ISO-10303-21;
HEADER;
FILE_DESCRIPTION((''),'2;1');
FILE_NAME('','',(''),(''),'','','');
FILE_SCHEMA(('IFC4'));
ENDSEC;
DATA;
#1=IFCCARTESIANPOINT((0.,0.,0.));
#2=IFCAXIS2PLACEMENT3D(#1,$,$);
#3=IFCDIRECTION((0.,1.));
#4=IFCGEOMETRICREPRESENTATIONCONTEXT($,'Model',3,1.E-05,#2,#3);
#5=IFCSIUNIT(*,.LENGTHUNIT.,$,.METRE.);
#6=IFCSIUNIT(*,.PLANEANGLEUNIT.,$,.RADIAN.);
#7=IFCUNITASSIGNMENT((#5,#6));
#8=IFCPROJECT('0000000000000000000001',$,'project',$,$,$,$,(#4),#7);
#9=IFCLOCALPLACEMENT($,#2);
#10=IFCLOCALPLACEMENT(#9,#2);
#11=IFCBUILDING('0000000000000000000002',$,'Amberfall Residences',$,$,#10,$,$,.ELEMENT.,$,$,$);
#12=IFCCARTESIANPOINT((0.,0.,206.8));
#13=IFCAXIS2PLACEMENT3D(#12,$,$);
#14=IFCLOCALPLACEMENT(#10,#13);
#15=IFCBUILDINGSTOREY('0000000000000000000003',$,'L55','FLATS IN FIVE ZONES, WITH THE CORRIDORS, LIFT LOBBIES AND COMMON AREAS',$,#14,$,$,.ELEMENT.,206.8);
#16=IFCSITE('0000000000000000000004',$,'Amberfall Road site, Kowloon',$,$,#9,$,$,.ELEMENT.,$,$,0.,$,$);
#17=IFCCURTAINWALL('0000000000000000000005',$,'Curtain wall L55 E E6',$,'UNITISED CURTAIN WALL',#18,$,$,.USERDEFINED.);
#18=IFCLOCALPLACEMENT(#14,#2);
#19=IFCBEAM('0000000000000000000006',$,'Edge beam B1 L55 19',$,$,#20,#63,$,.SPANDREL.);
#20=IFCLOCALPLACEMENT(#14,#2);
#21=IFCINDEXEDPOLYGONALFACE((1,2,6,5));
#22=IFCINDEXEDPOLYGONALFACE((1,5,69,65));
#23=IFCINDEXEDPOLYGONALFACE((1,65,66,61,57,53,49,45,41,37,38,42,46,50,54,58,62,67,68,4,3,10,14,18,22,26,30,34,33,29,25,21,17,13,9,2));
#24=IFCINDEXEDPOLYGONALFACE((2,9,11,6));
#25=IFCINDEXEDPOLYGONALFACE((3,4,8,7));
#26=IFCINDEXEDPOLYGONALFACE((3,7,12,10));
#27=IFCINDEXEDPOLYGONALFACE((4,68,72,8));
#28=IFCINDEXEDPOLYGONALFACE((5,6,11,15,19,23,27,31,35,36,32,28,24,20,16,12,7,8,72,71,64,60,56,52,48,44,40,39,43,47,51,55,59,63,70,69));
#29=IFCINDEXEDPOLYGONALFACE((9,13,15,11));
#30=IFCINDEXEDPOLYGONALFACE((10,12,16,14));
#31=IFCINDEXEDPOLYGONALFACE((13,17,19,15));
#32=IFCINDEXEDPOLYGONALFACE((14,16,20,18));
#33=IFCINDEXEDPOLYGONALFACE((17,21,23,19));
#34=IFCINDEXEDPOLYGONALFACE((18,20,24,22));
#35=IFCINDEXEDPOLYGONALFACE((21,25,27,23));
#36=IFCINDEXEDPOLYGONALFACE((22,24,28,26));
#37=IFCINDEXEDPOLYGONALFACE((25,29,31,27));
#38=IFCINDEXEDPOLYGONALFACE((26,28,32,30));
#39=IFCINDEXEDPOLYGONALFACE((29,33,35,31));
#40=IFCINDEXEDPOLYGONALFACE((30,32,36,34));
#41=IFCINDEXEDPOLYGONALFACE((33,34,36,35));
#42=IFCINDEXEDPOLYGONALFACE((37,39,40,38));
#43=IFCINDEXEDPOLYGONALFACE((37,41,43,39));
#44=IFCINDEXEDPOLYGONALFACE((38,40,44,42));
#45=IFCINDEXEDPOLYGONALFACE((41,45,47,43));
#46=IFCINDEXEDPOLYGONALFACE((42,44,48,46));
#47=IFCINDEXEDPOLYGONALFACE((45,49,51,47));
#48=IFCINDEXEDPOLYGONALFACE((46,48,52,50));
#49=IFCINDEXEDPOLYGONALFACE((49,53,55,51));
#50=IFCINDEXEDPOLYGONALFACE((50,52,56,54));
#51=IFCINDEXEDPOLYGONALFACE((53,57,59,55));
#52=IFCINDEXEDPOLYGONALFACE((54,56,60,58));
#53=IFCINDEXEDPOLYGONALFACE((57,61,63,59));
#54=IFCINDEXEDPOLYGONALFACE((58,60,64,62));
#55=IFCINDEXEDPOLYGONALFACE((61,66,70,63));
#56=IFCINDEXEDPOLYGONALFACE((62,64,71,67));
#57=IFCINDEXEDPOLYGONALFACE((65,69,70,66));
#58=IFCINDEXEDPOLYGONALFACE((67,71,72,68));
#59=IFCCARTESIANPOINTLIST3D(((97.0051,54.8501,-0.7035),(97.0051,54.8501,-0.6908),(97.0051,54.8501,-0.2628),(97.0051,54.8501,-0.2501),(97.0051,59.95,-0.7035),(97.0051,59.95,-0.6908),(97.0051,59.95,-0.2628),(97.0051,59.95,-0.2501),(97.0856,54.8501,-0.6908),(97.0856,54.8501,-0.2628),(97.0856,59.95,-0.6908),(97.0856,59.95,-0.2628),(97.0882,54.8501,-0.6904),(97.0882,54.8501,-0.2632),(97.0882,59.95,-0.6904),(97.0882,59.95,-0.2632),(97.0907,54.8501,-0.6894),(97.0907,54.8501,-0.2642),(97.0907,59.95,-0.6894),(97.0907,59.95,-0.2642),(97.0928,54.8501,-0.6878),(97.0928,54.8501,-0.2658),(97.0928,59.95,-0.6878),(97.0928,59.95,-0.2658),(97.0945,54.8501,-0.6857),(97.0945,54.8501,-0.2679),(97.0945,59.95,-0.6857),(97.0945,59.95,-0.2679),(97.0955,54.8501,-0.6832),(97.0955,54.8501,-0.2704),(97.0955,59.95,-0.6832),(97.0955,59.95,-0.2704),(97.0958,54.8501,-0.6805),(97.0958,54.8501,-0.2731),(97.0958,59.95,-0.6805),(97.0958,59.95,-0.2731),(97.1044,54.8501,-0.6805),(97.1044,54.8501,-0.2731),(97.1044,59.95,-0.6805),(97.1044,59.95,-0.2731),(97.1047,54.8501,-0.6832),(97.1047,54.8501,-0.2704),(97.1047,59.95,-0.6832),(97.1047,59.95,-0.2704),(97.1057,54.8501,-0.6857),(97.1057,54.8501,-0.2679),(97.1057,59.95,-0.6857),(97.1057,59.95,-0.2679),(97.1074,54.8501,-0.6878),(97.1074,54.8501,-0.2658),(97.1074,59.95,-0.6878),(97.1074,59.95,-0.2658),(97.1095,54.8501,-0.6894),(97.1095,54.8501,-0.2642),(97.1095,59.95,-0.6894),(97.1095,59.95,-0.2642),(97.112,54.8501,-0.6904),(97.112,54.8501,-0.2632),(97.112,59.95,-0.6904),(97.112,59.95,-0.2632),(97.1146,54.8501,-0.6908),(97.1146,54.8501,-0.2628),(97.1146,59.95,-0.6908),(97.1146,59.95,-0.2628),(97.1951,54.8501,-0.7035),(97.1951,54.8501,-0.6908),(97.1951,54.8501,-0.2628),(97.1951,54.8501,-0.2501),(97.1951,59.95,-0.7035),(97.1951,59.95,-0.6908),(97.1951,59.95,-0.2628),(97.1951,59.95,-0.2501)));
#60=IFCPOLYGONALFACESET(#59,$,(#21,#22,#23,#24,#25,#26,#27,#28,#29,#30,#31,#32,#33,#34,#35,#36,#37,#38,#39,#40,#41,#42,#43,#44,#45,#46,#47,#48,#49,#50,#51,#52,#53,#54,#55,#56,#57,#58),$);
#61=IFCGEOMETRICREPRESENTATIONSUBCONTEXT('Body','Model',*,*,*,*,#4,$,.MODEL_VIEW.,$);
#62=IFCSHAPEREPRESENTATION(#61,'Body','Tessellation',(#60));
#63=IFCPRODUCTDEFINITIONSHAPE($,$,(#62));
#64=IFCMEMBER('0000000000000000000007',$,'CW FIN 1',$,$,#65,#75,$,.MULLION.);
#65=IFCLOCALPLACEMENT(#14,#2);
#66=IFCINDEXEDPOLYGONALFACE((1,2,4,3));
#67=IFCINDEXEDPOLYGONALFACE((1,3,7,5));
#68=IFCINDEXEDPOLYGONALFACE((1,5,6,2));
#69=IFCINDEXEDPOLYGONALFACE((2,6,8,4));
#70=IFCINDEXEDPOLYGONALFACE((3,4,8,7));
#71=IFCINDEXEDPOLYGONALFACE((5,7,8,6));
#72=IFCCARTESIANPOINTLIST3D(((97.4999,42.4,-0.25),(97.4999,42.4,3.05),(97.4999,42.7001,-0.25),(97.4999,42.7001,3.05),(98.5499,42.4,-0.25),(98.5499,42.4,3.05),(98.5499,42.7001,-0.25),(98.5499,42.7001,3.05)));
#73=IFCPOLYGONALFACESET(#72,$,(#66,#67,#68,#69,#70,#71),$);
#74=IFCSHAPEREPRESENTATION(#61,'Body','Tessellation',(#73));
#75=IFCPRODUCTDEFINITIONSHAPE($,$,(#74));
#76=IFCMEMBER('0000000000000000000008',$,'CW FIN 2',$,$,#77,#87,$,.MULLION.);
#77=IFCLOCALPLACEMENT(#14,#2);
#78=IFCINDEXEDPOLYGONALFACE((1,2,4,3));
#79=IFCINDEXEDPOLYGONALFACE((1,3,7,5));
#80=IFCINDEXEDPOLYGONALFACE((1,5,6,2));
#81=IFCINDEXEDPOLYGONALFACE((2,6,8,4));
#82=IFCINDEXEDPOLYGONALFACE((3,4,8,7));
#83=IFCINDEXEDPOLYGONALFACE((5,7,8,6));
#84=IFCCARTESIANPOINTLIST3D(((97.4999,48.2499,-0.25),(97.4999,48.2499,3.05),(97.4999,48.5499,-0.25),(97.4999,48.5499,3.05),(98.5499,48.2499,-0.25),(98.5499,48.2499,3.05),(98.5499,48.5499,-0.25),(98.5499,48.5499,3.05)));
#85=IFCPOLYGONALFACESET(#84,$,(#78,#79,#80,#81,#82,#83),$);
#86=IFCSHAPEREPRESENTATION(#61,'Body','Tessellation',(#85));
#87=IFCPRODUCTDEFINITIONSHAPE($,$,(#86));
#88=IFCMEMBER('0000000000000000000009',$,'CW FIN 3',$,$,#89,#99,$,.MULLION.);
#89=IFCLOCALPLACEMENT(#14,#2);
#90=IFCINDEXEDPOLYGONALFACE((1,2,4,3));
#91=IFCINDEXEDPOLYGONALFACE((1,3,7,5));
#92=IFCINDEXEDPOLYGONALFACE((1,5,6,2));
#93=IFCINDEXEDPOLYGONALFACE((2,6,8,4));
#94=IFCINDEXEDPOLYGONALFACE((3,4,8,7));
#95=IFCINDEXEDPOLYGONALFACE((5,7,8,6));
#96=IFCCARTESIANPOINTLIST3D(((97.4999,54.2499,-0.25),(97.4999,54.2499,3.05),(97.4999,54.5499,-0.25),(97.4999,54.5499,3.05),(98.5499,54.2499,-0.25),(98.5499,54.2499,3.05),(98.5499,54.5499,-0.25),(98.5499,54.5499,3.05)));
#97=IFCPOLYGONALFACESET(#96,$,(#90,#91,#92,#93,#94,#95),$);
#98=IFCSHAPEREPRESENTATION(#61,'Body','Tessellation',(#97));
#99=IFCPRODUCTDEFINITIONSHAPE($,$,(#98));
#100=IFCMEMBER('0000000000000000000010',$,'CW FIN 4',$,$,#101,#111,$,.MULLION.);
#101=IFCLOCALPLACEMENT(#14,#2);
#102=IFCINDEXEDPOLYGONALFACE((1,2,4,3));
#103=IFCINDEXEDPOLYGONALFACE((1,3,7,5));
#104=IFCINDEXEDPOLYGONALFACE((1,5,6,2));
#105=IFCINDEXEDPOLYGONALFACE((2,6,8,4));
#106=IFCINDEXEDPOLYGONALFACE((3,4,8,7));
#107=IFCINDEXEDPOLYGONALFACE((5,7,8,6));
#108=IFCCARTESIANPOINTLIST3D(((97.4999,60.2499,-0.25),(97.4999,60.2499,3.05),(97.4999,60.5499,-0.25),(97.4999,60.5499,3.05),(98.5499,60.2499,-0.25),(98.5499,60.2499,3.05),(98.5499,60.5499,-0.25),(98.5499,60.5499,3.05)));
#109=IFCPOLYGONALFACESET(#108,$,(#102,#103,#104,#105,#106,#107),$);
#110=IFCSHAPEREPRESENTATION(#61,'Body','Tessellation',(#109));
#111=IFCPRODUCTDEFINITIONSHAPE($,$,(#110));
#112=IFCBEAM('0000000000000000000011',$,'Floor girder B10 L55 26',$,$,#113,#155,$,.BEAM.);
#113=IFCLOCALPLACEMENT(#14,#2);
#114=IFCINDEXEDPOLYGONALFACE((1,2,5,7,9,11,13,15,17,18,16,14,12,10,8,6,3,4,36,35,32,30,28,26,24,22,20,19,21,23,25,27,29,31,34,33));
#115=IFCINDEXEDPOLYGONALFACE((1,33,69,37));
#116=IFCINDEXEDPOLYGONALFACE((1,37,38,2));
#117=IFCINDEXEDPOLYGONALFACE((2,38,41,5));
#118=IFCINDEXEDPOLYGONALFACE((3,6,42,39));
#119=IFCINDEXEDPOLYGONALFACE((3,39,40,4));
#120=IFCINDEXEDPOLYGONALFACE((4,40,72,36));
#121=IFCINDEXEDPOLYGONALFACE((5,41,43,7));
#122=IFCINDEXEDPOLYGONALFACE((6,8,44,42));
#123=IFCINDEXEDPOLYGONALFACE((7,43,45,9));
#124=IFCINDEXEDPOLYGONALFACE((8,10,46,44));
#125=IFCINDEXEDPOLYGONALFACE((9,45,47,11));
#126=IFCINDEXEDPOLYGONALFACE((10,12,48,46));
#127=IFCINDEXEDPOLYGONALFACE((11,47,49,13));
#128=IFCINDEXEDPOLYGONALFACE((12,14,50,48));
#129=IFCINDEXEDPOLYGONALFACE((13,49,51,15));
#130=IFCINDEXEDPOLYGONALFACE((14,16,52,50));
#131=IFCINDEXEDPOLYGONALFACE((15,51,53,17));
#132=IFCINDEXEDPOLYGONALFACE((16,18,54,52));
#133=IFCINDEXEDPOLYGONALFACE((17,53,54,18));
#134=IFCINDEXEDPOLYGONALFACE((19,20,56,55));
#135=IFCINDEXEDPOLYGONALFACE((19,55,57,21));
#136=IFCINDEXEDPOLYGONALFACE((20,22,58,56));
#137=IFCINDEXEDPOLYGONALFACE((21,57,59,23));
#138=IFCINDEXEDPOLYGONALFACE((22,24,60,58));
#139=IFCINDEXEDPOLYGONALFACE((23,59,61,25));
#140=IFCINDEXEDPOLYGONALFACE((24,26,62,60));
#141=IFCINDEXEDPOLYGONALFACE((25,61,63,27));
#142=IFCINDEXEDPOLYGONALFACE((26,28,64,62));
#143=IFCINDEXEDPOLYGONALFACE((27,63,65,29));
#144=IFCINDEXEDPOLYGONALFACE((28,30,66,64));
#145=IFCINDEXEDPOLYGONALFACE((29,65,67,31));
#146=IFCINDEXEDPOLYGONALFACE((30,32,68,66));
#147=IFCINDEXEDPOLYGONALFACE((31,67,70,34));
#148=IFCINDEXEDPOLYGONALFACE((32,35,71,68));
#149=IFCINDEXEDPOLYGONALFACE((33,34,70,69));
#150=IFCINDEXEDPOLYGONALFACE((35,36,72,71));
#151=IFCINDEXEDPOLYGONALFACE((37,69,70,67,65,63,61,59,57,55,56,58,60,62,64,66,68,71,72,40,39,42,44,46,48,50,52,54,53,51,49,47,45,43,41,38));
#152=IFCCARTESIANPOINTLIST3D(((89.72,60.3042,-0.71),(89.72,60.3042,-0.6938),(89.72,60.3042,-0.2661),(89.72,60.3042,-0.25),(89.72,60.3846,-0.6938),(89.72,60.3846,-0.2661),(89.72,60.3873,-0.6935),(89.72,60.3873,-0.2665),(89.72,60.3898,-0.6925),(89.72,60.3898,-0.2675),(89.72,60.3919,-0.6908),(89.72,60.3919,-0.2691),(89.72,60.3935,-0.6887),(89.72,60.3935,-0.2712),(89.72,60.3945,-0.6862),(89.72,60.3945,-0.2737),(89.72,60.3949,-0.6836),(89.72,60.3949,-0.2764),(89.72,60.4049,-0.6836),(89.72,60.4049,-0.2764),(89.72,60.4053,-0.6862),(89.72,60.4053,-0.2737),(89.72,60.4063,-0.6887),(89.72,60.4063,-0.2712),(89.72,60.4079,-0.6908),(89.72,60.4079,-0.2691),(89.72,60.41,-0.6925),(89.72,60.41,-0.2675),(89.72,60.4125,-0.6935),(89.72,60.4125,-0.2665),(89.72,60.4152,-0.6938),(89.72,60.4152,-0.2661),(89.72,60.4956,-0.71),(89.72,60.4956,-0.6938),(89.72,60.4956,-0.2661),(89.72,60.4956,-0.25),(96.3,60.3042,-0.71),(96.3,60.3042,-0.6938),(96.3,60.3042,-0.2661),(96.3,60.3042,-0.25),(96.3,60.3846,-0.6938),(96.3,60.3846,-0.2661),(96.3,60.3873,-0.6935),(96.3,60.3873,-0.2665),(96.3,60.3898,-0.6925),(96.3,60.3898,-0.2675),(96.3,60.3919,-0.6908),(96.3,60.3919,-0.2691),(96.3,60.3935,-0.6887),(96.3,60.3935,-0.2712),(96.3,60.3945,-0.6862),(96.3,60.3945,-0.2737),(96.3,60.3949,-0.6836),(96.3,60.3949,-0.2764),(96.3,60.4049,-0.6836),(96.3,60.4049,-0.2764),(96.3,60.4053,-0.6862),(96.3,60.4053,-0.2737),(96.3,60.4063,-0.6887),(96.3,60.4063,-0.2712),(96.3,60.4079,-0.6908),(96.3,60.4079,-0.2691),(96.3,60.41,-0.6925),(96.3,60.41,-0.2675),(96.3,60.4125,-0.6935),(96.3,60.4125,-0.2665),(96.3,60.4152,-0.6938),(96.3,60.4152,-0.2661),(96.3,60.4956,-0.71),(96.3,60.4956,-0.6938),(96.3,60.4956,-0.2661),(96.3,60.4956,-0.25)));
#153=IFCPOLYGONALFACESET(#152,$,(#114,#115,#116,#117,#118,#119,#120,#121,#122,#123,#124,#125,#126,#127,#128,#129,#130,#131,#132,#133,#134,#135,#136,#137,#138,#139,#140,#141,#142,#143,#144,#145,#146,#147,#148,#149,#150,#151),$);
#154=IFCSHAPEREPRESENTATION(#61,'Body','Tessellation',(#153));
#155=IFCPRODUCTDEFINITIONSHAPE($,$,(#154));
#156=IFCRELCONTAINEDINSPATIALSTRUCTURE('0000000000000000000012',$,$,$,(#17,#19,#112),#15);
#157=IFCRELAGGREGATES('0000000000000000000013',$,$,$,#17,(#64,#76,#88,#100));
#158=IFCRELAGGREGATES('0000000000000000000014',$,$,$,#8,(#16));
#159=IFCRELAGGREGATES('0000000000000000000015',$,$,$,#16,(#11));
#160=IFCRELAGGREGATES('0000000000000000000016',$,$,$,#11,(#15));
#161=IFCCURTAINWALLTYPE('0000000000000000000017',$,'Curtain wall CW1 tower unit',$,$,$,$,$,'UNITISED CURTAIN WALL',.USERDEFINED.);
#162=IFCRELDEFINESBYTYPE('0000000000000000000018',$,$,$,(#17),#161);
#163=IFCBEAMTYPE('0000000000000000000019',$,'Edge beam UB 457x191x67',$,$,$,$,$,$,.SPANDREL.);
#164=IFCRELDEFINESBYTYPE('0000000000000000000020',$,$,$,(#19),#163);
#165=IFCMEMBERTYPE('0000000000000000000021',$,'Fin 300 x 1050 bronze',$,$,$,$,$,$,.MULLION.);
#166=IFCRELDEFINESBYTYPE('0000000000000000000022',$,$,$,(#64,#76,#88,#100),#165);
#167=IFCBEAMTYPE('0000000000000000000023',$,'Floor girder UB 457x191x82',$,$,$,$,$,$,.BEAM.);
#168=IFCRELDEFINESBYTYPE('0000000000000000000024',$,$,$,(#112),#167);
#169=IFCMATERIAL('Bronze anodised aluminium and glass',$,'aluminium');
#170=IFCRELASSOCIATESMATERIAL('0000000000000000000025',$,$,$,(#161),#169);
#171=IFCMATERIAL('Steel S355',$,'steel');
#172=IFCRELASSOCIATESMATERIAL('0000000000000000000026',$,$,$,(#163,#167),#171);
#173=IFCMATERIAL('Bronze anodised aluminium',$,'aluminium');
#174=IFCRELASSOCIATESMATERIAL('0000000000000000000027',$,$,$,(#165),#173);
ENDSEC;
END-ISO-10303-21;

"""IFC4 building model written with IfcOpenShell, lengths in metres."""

from ifc_helpers import new_model, si_unit, direction, frame, origin, origin_2d, place, context, subcontext, project, spatial, rectangle, i_section, extrude, material, material_profile, profile_set, type_object, element, aggregate, save


model = new_model("IFC4")

# Units and contexts
model_context = context("Model", 3, precision=1e-05, world=origin(), true_north=direction((0.0, 1.0)))
body_context = subcontext(model_context, "Body", "Model", "MODEL_VIEW")
ifc_project = project(units=[si_unit("LENGTHUNIT", "METRE"), si_unit("PLANEANGLEUNIT", "RADIAN")], contexts=[model_context])

# Site, building, storey
site_placement = place(None, origin())
site = spatial("IfcSite", under=ifc_project, at=site_placement, Name="Amberfall Road site, Kowloon", CompositionType="ELEMENT", RefElevation=0.0)
building_placement = place(site_placement, origin())
building = spatial("IfcBuilding", under=site, at=building_placement, Name="Amberfall Residences", CompositionType="ELEMENT")
storey_placement = place(building_placement, frame((0.0, 0.0, 206.8)))
storey = spatial("IfcBuildingStorey", under=building, at=storey_placement, Name="L55", Description="FLATS IN FIVE ZONES, WITH THE CORRIDORS, LIFT LOBBIES AND COMMON AREAS", CompositionType="ELEMENT", Elevation=206.8)

# Curtain wall
ifc_material_1 = material(Name="Bronze anodised aluminium and glass", Category="aluminium")
curtain_wall_type = type_object("IfcCurtainWallType", Name="Curtain wall CW1 tower unit", ElementType="UNITISED CURTAIN WALL", PredefinedType="USERDEFINED", material=ifc_material_1)
curtain_wall_placement = place(storey_placement, origin())
curtain_wall = element("IfcCurtainWall", 1, at=curtain_wall_placement, inside=storey, type_object=curtain_wall_type, Name="Curtain wall L55 E E6", ObjectType="UNITISED CURTAIN WALL", PredefinedType="USERDEFINED")
ifc_material_2 = material(Name="Bronze anodised aluminium", Category="aluminium")

# Beam
ifc_material_3 = material(Name="Steel S355", Category="steel")
ifc_material_profile_1 = material_profile(ifc_material_3, i_section(OverallWidth=0.1899, OverallDepth=0.4534, WebThickness=0.0085, FlangeThickness=0.0127, FilletRadius=0.0103, at=origin_2d()), Name="UB 457x191x67")
ifc_profile_set_1 = profile_set([ifc_material_profile_1], Name="Steel S355")
beam_type_1 = type_object("IfcBeamType", Name="Edge beam UB 457x191x67", PredefinedType="SPANDREL", material=ifc_profile_set_1)
for number, where, z_axis, x_axis, name in (
    (2, (97.1001, 54.8501, -0.4768), (0.0, 1.0, 0.0), (-1.0, 0.0, 0.0), "Edge beam B1 L55 19"),
):
    element("IfcBeam", number, at=place(storey_placement, frame(where, z_axis=z_axis, x_axis=x_axis)), inside=storey, type_object=beam_type_1, Name=name, PredefinedType="SPANDREL", context=body_context, shape_type="SweptSolid", body=[
        extrude(i_section(OverallWidth=0.1899, OverallDepth=0.4534, WebThickness=0.0085, FlangeThickness=0.0127, FilletRadius=0.0103, at=origin_2d()), origin(), (0.0, 0.0, 1.0), 5.0999),
    ])

# Members
ifc_material_profile_2 = material_profile(ifc_material_2, rectangle(XDim=1.05, YDim=0.3, at=origin_2d()), Name="Fin 300 x 1050 bronze")
ifc_profile_set_2 = profile_set([ifc_material_profile_2], Name="Bronze anodised aluminium")
member_type_1 = type_object("IfcMemberType", Name="Fin 300 x 1050 bronze", PredefinedType="MULLION", material=ifc_profile_set_2)
member_1_placement = place(storey_placement, frame((98.0249, 42.55, -0.25), z_axis=(0.0, 0.0, 1.0), x_axis=(-1.0, 0.0, 0.0)))
member_1 = element("IfcMember", 3, at=member_1_placement, type_object=member_type_1, Name="CW FIN 1", PredefinedType="MULLION", context=body_context, shape_type="SweptSolid", body=[
    extrude(rectangle(XDim=1.05, YDim=0.3, at=origin_2d()), origin(), (0.0, 0.0, 1.0), 3.3),
])
member_2_placement = place(storey_placement, frame((98.0249, 48.3999, -0.25), z_axis=(0.0, 0.0, 1.0), x_axis=(-1.0, 0.0, 0.0)))
member_2 = element("IfcMember", 4, at=member_2_placement, type_object=member_type_1, Name="CW FIN 2", PredefinedType="MULLION", context=body_context, shape_type="SweptSolid", body=[
    extrude(rectangle(XDim=1.05, YDim=0.3, at=origin_2d()), origin(), (0.0, 0.0, 1.0), 3.3),
])
member_3_placement = place(storey_placement, frame((98.0249, 54.3999, -0.25), z_axis=(0.0, 0.0, 1.0), x_axis=(-1.0, 0.0, 0.0)))
member_3 = element("IfcMember", 5, at=member_3_placement, type_object=member_type_1, Name="CW FIN 3", PredefinedType="MULLION", context=body_context, shape_type="SweptSolid", body=[
    extrude(rectangle(XDim=1.05, YDim=0.3, at=origin_2d()), origin(), (0.0, 0.0, 1.0), 3.3),
])
member_4_placement = place(storey_placement, frame((98.0249, 60.3999, -0.25), z_axis=(0.0, 0.0, 1.0), x_axis=(-1.0, 0.0, 0.0)))
member_4 = element("IfcMember", 6, at=member_4_placement, type_object=member_type_1, Name="CW FIN 4", PredefinedType="MULLION", context=body_context, shape_type="SweptSolid", body=[
    extrude(rectangle(XDim=1.05, YDim=0.3, at=origin_2d()), origin(), (0.0, 0.0, 1.0), 3.3),
])

# Beam
ifc_material_profile_3 = material_profile(ifc_material_3, i_section(OverallWidth=0.1914, OverallDepth=0.46, WebThickness=0.01, FlangeThickness=0.0161, FilletRadius=0.0103, at=origin_2d()), Name="UB 457x191x82")
ifc_profile_set_3 = profile_set([ifc_material_profile_3], Name="Steel S355")
beam_type_2 = type_object("IfcBeamType", Name="Floor girder UB 457x191x82", PredefinedType="BEAM", material=ifc_profile_set_3)
beam_1_placement = place(storey_placement, frame((96.3, 60.3999, -0.48), z_axis=(-1.0, 0.0, 0.0), x_axis=(0.0, -1.0, 0.0)))
element("IfcBeam", 7, at=beam_1_placement, inside=storey, type_object=beam_type_2, Name="Floor girder B10 L55 26", PredefinedType="BEAM", context=body_context, shape_type="SweptSolid", body=[
    extrude(i_section(OverallWidth=0.1914, OverallDepth=0.46, WebThickness=0.01, FlangeThickness=0.0161, FilletRadius=0.0103, at=origin_2d()), origin(), (0.0, 0.0, 1.0), 6.5801),
])

aggregate(curtain_wall, [member_1, member_2, member_3, member_4])

save(model, "model.ifc")
